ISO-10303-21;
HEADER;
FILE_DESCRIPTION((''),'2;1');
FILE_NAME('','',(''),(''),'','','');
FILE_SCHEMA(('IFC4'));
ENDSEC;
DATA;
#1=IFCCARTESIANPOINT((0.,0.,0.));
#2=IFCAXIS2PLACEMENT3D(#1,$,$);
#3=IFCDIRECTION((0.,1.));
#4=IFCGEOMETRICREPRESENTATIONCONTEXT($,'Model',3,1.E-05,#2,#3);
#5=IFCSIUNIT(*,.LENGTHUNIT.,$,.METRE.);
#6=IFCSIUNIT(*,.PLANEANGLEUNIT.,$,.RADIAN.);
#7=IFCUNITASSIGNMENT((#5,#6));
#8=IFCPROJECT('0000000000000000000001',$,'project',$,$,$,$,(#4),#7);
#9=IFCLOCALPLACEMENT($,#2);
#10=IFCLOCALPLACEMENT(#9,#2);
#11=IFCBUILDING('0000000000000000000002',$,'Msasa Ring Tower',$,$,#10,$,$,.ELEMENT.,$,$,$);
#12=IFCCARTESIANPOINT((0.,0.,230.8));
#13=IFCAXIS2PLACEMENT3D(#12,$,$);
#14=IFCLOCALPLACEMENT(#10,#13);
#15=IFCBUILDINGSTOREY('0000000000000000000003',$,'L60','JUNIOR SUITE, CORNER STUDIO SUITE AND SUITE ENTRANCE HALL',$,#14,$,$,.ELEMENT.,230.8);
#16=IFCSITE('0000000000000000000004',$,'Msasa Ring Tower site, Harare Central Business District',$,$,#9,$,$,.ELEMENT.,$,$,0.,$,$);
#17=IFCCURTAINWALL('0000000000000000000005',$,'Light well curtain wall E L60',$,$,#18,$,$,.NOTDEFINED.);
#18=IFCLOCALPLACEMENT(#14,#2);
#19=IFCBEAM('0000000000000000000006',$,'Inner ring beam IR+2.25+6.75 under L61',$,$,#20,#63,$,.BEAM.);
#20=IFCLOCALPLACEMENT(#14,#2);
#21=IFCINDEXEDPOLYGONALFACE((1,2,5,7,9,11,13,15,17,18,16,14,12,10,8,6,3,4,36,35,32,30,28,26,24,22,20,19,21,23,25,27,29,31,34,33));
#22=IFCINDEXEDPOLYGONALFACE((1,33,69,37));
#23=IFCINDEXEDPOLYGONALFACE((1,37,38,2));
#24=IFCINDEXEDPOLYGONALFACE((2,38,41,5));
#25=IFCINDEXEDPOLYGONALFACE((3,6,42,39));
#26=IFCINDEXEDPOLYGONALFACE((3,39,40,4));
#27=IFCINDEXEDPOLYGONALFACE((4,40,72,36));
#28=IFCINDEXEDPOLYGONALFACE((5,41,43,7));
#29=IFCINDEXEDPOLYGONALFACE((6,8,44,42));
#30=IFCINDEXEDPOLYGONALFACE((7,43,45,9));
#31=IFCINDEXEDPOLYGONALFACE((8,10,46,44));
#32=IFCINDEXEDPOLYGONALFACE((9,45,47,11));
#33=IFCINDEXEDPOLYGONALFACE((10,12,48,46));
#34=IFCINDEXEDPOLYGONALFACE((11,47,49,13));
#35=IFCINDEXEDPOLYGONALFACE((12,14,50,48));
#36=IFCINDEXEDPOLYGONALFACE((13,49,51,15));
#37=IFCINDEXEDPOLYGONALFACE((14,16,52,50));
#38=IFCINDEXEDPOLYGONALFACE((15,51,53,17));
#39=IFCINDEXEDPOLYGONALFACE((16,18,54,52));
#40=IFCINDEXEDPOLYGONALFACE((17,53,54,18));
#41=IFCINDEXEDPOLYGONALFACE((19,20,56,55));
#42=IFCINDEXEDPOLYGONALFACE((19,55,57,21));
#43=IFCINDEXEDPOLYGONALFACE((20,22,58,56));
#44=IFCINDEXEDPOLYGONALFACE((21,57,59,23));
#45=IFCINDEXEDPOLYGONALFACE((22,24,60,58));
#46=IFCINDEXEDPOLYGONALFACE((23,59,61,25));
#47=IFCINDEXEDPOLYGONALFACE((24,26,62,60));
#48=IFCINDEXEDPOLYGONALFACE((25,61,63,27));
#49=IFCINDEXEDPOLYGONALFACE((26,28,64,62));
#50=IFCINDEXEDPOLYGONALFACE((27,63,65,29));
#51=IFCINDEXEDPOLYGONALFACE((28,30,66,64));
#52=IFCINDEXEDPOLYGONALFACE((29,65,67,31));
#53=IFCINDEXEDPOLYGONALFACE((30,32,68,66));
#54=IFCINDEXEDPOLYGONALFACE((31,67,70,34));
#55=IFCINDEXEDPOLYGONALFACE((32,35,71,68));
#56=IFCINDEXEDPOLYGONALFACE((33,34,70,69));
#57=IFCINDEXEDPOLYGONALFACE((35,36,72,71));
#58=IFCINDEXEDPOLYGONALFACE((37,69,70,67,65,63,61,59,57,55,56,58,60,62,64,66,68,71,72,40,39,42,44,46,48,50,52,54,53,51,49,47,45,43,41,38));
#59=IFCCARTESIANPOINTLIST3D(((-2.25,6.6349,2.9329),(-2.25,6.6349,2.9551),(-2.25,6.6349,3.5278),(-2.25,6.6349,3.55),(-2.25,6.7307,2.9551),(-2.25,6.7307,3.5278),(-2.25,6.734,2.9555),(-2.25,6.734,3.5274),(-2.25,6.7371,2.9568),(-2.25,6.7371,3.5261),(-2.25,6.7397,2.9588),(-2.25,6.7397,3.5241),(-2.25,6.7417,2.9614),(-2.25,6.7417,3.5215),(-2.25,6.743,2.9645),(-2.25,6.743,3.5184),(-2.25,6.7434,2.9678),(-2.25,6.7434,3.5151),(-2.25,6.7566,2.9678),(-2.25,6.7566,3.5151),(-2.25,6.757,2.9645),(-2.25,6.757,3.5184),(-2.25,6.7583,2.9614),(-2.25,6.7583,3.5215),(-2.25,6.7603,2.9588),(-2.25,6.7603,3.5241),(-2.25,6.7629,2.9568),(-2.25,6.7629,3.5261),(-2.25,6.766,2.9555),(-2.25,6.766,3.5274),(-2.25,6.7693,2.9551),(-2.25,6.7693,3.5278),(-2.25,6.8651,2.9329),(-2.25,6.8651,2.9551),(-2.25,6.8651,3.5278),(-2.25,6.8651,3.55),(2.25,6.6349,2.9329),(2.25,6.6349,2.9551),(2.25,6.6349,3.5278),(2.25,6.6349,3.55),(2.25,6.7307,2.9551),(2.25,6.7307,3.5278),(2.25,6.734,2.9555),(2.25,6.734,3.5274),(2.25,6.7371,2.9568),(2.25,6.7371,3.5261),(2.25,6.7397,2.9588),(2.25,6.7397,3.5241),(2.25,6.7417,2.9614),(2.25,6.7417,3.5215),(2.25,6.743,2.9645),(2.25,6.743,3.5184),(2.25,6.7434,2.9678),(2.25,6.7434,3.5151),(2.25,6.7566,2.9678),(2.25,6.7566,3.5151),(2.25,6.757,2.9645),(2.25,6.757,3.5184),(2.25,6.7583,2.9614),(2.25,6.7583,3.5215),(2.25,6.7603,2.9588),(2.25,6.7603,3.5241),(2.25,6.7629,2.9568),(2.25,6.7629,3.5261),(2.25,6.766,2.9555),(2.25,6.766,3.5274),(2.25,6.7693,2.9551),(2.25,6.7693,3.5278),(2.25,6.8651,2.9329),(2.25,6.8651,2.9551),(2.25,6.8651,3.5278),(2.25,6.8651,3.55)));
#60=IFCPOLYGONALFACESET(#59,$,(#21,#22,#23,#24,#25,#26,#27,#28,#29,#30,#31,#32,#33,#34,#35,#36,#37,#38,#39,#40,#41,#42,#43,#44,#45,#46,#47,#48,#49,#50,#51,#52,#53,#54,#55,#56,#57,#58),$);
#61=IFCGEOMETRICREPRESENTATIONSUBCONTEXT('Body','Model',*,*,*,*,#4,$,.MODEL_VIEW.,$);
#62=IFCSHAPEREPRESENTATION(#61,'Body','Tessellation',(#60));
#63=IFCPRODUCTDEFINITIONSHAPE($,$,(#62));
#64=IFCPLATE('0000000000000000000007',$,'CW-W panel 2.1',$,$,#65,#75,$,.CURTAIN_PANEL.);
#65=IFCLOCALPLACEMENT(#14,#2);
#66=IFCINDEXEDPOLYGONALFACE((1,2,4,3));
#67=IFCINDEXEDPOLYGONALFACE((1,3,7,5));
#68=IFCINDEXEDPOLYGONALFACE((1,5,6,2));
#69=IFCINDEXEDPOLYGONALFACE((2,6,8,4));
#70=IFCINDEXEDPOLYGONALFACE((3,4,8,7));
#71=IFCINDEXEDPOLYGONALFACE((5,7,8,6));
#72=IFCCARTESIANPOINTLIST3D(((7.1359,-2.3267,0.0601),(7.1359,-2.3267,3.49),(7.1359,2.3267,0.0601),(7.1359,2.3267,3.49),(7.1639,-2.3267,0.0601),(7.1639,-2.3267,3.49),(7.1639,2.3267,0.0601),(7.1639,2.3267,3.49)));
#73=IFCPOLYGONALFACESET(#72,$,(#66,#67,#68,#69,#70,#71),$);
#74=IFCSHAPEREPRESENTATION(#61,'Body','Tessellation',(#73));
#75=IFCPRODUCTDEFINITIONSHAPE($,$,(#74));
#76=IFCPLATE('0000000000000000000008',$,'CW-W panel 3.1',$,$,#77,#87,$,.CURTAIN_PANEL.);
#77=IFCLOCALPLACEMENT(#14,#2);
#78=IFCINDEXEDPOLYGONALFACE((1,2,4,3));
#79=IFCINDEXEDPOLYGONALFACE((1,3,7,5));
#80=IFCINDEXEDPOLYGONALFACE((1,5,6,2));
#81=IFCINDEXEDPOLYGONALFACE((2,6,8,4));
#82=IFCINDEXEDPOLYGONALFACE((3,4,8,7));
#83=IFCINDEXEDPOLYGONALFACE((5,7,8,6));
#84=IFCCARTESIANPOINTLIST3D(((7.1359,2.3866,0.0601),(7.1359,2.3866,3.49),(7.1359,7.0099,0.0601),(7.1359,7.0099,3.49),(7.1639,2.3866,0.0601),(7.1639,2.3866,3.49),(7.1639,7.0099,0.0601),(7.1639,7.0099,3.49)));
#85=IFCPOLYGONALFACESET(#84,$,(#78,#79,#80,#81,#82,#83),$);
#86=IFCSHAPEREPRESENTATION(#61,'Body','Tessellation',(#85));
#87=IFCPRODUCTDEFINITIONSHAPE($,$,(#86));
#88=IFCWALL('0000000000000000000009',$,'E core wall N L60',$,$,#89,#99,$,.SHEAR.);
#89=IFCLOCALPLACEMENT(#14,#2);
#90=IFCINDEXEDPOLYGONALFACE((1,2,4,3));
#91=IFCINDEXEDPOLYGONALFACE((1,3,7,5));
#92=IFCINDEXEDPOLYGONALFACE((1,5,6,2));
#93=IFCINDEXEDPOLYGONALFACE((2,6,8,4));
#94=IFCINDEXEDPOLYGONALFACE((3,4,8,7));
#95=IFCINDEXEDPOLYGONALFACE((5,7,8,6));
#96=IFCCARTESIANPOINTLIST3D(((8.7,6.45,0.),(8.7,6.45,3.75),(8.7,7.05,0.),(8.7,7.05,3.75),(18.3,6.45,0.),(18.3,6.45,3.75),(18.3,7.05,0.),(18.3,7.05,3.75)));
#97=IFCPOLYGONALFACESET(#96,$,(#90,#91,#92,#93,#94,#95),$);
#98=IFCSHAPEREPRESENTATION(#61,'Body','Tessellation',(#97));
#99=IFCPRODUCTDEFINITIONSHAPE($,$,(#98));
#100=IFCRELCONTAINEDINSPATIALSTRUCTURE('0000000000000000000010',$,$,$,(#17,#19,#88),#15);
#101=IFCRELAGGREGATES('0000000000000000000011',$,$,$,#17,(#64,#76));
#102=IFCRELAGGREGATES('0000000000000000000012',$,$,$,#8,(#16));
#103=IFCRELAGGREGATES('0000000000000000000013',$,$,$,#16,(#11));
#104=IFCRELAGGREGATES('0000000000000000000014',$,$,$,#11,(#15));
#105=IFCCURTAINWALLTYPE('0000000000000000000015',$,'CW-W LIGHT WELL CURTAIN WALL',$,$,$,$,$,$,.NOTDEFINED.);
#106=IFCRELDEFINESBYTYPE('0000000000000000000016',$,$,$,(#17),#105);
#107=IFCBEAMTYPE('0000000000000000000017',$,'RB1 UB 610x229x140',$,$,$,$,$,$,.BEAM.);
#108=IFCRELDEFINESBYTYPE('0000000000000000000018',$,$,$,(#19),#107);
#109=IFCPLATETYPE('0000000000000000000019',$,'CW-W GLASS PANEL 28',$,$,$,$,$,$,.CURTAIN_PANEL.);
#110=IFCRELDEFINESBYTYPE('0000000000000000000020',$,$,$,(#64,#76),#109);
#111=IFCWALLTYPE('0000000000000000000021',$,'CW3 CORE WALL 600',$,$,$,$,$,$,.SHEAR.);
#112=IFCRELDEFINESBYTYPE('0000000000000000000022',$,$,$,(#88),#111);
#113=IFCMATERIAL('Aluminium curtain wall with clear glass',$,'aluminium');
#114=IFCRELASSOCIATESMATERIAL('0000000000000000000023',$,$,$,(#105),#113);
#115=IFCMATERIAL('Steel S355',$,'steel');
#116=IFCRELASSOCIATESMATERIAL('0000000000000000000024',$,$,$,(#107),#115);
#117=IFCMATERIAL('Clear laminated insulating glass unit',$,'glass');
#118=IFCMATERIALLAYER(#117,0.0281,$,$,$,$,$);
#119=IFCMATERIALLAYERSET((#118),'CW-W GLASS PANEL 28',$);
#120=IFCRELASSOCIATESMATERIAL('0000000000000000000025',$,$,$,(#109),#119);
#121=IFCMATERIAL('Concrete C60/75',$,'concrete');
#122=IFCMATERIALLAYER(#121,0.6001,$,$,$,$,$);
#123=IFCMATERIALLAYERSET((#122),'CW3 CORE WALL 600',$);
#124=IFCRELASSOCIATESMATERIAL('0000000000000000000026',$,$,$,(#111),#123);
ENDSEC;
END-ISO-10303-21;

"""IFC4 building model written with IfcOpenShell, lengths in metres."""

from ifc_helpers import new_model, si_unit, direction, frame, frame_2d, origin, origin_2d, place, context, subcontext, project, spatial, rectangle, i_section, extrude, material, layer, layer_set, material_profile, profile_set, type_object, element, aggregate, save


model = new_model("IFC4")

# Units and contexts
model_context = context("Model", 3, precision=1e-05, world=origin(), true_north=direction((0.0, 1.0)))
body_context = subcontext(model_context, "Body", "Model", "MODEL_VIEW")
ifc_project = project(units=[si_unit("LENGTHUNIT", "METRE"), si_unit("PLANEANGLEUNIT", "RADIAN")], contexts=[model_context])

# Site, building, storey
site_placement = place(None, origin())
site = spatial("IfcSite", under=ifc_project, at=site_placement, Name="Msasa Ring Tower site, Harare Central Business District", CompositionType="ELEMENT", RefElevation=0.0)
building_placement = place(site_placement, origin())
building = spatial("IfcBuilding", under=site, at=building_placement, Name="Msasa Ring Tower", CompositionType="ELEMENT")
storey_placement = place(building_placement, frame((0.0, 0.0, 230.8)))
storey = spatial("IfcBuildingStorey", under=building, at=storey_placement, Name="L60", Description="JUNIOR SUITE, CORNER STUDIO SUITE AND SUITE ENTRANCE HALL", CompositionType="ELEMENT", Elevation=230.8)

# Curtain wall
ifc_material_1 = material(Name="Aluminium curtain wall with clear glass", Category="aluminium")
curtain_wall_type = type_object("IfcCurtainWallType", Name="CW-W LIGHT WELL CURTAIN WALL", PredefinedType="NOTDEFINED", material=ifc_material_1)
curtain_wall_placement = place(storey_placement, origin())
curtain_wall = element("IfcCurtainWall", 1, at=curtain_wall_placement, inside=storey, type_object=curtain_wall_type, Name="Light well curtain wall E L60", PredefinedType="NOTDEFINED")

# Beam
ifc_material_2 = material(Name="Steel S355", Category="steel")
ifc_material_profile_1 = material_profile(ifc_material_2, i_section(OverallWidth=0.2302, OverallDepth=0.6172, WebThickness=0.0132, FlangeThickness=0.0222, FilletRadius=0.0127, at=origin_2d()), Name="UB 610x229x140")
ifc_profile_set_1 = profile_set([ifc_material_profile_1], Name="Steel S355")
beam_type = type_object("IfcBeamType", Name="RB1 UB 610x229x140", PredefinedType="BEAM", material=ifc_profile_set_1)
for number, where, z_axis, x_axis, name in (
    (2, (2.25, 6.75, 3.2415), (-1.0, 0.0, 0.0), (0.0, -1.0, 0.0), "Inner ring beam IR+2.25+6.75 under L61"),
):
    element("IfcBeam", number, at=place(storey_placement, frame(where, z_axis=z_axis, x_axis=x_axis)), inside=storey, type_object=beam_type, Name=name, PredefinedType="BEAM", context=body_context, shape_type="SweptSolid", body=[
        extrude(i_section(OverallWidth=0.2302, OverallDepth=0.6172, WebThickness=0.0132, FlangeThickness=0.0222, FilletRadius=0.0127, at=origin_2d()), origin(), (0.0, 0.0, 1.0), 4.5),
    ])

# Plates
ifc_material_3 = material(Name="Clear laminated insulating glass unit", Category="glass")
ifc_layer_1 = layer(ifc_material_3, 0.0281)
ifc_layer_set_1 = layer_set([ifc_layer_1], Name="CW-W GLASS PANEL 28")
plate_type = type_object("IfcPlateType", Name="CW-W GLASS PANEL 28", PredefinedType="CURTAIN_PANEL", material=ifc_layer_set_1)
plate_1_placement = place(storey_placement, frame((7.1499, 0.0, 0.0601), z_axis=(0.0, 0.0, 1.0), x_axis=(0.0, 1.0, 0.0)))
plate_1 = element("IfcPlate", 3, at=plate_1_placement, type_object=plate_type, Name="CW-W panel 2.1", PredefinedType="CURTAIN_PANEL", context=body_context, shape_type="SweptSolid", body=[
    extrude(rectangle(XDim=4.6533, YDim=0.0281, at=origin_2d()), origin(), (0.0, 0.0, 1.0), 3.4299),
])
plate_2_placement = place(storey_placement, frame((7.1499, 4.6982, 0.0601), z_axis=(0.0, 0.0, 1.0), x_axis=(0.0, 1.0, 0.0)))
plate_2 = element("IfcPlate", 4, at=plate_2_placement, type_object=plate_type, Name="CW-W panel 3.1", PredefinedType="CURTAIN_PANEL", context=body_context, shape_type="SweptSolid", body=[
    extrude(rectangle(XDim=4.6233, YDim=0.0281, at=origin_2d()), origin(), (0.0, 0.0, 1.0), 3.4299),
])
aggregate(curtain_wall, [plate_1, plate_2])

# Wall
ifc_material_4 = material(Name="Concrete C60/75", Category="concrete")
ifc_layer_2 = layer(ifc_material_4, 0.6001)
ifc_layer_set_2 = layer_set([ifc_layer_2], Name="CW3 CORE WALL 600")
wall_type = type_object("IfcWallType", Name="CW3 CORE WALL 600", PredefinedType="SHEAR", material=ifc_layer_set_2)
wall_placement = place(storey_placement, frame((8.7, 6.75, 0.0), z_axis=(0.0, 0.0, 1.0), x_axis=(1.0, 0.0, 0.0)))
element("IfcWall", 5, at=wall_placement, inside=storey, type_object=wall_type, Name="E core wall N L60", PredefinedType="SHEAR", context=body_context, shape_type="SweptSolid", body=[
    extrude(rectangle(XDim=9.6001, YDim=0.6001, at=frame_2d((4.8, 0.0))), origin(), (0.0, 0.0, 1.0), 3.75),
])

save(model, "model.ifc")
